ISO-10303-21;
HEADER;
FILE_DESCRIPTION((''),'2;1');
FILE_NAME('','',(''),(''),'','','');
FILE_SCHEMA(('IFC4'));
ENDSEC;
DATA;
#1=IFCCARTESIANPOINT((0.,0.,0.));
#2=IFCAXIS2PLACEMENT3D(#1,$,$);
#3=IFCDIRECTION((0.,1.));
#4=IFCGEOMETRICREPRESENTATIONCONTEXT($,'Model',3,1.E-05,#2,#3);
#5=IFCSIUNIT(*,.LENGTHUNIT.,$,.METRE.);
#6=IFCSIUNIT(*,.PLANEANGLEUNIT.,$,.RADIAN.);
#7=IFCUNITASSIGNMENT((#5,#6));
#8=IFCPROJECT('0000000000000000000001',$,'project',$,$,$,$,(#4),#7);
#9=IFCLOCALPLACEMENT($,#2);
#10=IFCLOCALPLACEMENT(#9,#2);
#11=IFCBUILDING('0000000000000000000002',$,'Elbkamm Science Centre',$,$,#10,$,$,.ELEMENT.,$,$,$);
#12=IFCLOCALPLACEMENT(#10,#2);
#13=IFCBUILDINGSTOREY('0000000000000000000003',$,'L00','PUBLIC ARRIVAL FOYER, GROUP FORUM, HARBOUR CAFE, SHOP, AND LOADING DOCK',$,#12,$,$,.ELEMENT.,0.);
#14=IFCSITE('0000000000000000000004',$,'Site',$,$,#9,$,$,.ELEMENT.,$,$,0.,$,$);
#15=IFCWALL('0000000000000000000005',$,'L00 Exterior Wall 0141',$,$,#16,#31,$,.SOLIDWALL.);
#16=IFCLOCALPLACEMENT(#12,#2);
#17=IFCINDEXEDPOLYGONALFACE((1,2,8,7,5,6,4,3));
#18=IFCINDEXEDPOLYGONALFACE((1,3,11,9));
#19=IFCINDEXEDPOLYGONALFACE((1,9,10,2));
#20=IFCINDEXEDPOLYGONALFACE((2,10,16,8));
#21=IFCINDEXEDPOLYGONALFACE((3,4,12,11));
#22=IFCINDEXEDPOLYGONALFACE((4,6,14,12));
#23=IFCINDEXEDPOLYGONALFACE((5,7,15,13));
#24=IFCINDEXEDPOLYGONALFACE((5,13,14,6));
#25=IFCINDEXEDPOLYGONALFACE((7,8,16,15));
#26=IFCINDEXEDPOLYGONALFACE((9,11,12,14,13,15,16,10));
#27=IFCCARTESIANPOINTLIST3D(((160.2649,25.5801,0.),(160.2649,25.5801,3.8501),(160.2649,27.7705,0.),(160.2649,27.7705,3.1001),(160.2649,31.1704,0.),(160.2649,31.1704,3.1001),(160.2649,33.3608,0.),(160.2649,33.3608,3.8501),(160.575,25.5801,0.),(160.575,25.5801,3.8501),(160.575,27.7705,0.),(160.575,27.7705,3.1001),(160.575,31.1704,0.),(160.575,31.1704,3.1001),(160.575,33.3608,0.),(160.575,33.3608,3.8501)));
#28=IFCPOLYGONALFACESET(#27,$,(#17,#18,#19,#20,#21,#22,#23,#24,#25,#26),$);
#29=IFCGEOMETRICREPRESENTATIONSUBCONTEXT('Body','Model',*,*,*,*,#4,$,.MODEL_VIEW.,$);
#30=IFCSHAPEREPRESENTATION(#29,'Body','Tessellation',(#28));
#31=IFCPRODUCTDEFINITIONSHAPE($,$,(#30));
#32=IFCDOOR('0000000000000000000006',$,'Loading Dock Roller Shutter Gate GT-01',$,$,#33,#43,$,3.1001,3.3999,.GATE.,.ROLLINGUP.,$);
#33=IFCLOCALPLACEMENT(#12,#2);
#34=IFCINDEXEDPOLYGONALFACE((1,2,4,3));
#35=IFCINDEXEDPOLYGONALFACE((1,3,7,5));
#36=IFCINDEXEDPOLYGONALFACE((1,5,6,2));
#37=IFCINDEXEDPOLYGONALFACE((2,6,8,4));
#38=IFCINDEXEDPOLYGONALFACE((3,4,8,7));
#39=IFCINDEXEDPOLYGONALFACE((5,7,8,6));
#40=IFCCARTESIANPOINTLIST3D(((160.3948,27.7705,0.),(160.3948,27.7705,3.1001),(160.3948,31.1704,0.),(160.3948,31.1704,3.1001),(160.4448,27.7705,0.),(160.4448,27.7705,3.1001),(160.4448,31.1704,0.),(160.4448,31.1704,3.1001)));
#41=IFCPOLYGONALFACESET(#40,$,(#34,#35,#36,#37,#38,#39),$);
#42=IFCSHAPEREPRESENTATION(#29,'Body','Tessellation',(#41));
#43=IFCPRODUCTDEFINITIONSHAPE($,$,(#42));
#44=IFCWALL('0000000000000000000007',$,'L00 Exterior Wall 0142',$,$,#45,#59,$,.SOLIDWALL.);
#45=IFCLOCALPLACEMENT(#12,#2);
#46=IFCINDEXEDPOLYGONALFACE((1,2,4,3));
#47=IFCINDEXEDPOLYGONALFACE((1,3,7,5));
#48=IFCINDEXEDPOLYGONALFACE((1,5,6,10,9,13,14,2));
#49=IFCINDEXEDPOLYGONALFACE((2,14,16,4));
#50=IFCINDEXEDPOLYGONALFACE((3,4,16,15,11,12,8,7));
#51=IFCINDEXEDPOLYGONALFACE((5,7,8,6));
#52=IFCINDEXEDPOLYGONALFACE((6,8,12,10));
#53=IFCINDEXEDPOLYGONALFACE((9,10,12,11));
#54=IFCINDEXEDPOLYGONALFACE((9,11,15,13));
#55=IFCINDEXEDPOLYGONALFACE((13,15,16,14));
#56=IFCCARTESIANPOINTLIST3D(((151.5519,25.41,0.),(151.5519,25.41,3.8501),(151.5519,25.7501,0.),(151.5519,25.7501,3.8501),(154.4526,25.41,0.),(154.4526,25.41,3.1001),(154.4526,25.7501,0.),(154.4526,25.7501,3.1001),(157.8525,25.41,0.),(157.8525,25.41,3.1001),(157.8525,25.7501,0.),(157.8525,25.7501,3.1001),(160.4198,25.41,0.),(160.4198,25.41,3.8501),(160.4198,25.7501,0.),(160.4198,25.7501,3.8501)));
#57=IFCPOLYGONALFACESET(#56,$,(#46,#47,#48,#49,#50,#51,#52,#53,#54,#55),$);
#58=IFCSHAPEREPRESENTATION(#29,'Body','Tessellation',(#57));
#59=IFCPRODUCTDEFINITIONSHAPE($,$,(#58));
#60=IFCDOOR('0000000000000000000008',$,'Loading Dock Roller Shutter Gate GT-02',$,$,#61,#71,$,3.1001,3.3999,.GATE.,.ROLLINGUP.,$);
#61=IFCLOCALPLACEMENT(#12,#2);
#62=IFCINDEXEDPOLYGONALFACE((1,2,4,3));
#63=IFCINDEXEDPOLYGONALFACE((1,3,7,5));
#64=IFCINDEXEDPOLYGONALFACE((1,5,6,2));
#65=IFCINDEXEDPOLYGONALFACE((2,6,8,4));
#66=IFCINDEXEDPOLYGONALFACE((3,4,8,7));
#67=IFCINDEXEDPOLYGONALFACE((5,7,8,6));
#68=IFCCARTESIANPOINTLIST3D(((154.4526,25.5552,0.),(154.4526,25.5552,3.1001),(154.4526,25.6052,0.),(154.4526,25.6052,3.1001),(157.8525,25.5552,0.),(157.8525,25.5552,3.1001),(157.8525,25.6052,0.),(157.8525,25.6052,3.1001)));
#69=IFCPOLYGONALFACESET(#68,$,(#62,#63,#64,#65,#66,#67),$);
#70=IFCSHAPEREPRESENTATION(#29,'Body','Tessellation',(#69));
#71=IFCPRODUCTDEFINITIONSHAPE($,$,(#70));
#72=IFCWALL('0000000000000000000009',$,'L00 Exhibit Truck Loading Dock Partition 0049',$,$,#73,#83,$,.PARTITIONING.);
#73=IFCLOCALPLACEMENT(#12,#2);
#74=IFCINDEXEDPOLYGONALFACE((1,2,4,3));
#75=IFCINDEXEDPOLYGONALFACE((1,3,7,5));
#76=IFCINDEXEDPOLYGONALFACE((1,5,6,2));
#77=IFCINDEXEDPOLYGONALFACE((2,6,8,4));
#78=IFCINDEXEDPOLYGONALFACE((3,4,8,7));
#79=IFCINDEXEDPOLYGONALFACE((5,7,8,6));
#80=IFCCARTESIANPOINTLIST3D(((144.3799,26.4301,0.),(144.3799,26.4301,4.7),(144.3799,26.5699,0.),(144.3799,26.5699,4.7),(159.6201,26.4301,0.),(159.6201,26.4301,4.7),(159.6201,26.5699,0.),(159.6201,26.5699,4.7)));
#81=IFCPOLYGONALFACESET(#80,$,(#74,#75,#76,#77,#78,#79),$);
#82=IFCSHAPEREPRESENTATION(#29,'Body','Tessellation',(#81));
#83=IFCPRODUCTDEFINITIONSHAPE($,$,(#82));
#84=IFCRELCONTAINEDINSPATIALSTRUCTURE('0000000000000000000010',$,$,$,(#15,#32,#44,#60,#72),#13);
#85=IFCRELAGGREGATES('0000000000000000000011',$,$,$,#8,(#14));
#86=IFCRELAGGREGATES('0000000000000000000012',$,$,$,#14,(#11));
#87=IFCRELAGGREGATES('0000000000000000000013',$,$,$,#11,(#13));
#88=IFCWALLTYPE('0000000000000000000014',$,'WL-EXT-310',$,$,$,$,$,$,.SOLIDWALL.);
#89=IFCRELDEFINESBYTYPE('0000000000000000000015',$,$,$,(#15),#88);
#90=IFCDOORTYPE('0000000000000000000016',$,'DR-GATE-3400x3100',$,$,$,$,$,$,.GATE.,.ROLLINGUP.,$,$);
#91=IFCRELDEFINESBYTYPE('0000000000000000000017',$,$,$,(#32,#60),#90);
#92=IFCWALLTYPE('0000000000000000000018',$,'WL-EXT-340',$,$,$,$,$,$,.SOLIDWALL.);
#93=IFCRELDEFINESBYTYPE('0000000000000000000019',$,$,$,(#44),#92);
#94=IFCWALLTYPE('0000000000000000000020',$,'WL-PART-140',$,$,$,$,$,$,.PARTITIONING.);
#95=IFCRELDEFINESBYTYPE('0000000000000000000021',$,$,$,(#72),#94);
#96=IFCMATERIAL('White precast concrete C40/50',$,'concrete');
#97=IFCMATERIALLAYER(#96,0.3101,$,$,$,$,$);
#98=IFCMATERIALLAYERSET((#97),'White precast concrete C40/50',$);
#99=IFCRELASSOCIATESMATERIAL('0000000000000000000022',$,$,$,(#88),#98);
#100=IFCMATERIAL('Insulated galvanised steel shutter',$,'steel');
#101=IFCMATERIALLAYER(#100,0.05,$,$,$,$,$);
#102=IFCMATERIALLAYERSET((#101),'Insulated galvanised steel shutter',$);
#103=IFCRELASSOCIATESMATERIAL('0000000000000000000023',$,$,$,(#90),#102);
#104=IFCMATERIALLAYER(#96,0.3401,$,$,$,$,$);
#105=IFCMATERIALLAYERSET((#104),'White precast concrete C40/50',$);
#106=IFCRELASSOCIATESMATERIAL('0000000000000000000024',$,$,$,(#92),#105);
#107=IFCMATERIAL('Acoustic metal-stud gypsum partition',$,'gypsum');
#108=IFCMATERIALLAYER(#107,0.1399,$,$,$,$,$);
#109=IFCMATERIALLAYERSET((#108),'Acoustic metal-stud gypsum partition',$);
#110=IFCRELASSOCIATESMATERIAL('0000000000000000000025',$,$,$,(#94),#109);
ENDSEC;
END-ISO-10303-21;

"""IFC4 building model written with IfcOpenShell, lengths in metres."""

from ifc_helpers import new_model, si_unit, direction, frame, frame_2d, origin, place, context, subcontext, project, spatial, rectangle, extrude, material, layer, layer_set, type_object, element, fill, save


model = new_model("IFC4")

# Units and contexts
model_context = context("Model", 3, precision=1e-05, world=origin(), true_north=direction((0.0, 1.0)))
body_context = subcontext(model_context, "Body", "Model", "MODEL_VIEW")
ifc_project = project(units=[si_unit("LENGTHUNIT", "METRE"), si_unit("PLANEANGLEUNIT", "RADIAN")], contexts=[model_context])

# Site, building, storey
site_placement = place(None, origin())
site = spatial("IfcSite", under=ifc_project, at=site_placement, Name="Site", CompositionType="ELEMENT", RefElevation=0.0)
building_placement = place(site_placement, origin())
building = spatial("IfcBuilding", under=site, at=building_placement, Name="Elbkamm Science Centre", CompositionType="ELEMENT")
storey_placement = place(building_placement, origin())
storey = spatial("IfcBuildingStorey", under=building, at=storey_placement, Name="L00", Description="PUBLIC ARRIVAL FOYER, GROUP FORUM, HARBOUR CAFE, SHOP, AND LOADING DOCK", CompositionType="ELEMENT", Elevation=0.0)

# Walls, openings, doors
ifc_material_1 = material(Name="White precast concrete C40/50", Category="concrete")
ifc_layer_1 = layer(ifc_material_1, 0.3101)
ifc_layer_set_1 = layer_set([ifc_layer_1], Name="White precast concrete C40/50")
wall_type_1 = type_object("IfcWallType", Name="WL-EXT-310", PredefinedType="SOLIDWALL", material=ifc_layer_set_1)
wall_1_placement = place(storey_placement, frame((160.4199, 33.3608, 0.0), z_axis=(0.0, 0.0, 1.0), x_axis=(0.0, -1.0, 0.0)))
wall_1 = element("IfcWall", 1, at=wall_1_placement, inside=storey, type_object=wall_type_1, Name="L00 Exterior Wall 0141", PredefinedType="SOLIDWALL", context=body_context, shape_type="SweptSolid", body=[
    extrude(rectangle(XDim=7.7808, YDim=0.3101, at=frame_2d((3.8904, 0.0))), origin(), (0.0, 0.0, 1.0), 3.8501),
])
opening_1_placement = place(wall_1_placement, frame((2.1904, 0.0, 0.0)))
opening_1 = element("IfcOpeningElement", 2, at=opening_1_placement, cuts=wall_1, PredefinedType="OPENING", context=body_context, shape_type="SweptSolid", body=[
    extrude(rectangle(XDim=3.3999, YDim=3.1001, at=frame_2d((1.7, 1.55))), frame((0.0, 0.167, 0.0), z_axis=(0.0, -1.0, 0.0), x_axis=(1.0, 0.0, 0.0)), (0.0, 0.0, 1.0), 0.334),
])
ifc_material_2 = material(Name="Insulated galvanised steel shutter", Category="steel")
ifc_layer_2 = layer(ifc_material_2, 0.05)
ifc_layer_set_2 = layer_set([ifc_layer_2], Name="Insulated galvanised steel shutter")
door_type = type_object("IfcDoorType", Name="DR-GATE-3400x3100", OperationType="ROLLINGUP", PredefinedType="GATE", material=ifc_layer_set_2)
door_1_placement = place(opening_1_placement, origin())
door_1 = element("IfcDoor", 3, at=door_1_placement, inside=storey, type_object=door_type, Name="Loading Dock Roller Shutter Gate GT-01", OperationType="ROLLINGUP", OverallHeight=3.1001, OverallWidth=3.3999, PredefinedType="GATE", context=body_context, shape_type="SweptSolid", body=[
    extrude(rectangle(XDim=3.3999, YDim=3.1001, at=frame_2d((1.7, 1.55))), frame((0.0, 0.0249, 0.0), z_axis=(0.0, -1.0, 0.0), x_axis=(1.0, 0.0, 0.0)), (0.0, 0.0, 1.0), 0.05),
])
fill(opening_1, door_1)
ifc_layer_3 = layer(ifc_material_1, 0.3401)
ifc_layer_set_3 = layer_set([ifc_layer_3], Name="White precast concrete C40/50")
wall_type_2 = type_object("IfcWallType", Name="WL-EXT-340", PredefinedType="SOLIDWALL", material=ifc_layer_set_3)
wall_2_placement = place(storey_placement, frame((160.4199, 25.5801, 0.0), z_axis=(0.0, 0.0, 1.0), x_axis=(-1.0, 0.0, 0.0)))
wall_2 = element("IfcWall", 4, at=wall_2_placement, inside=storey, type_object=wall_type_2, Name="L00 Exterior Wall 0142", PredefinedType="SOLIDWALL", context=body_context, shape_type="SweptSolid", body=[
    extrude(rectangle(XDim=8.8679, YDim=0.3401, at=frame_2d((4.4341, 0.0))), origin(), (0.0, 0.0, 1.0), 3.8501),
])
opening_2_placement = place(wall_2_placement, frame((2.5674, 0.0, 0.0)))
opening_2 = element("IfcOpeningElement", 5, at=opening_2_placement, cuts=wall_2, PredefinedType="OPENING", context=body_context, shape_type="SweptSolid", body=[
    extrude(rectangle(XDim=3.3999, YDim=3.1001, at=frame_2d((1.7, 1.55))), frame((0.0, 0.1821, 0.0), z_axis=(0.0, -1.0, 0.0), x_axis=(1.0, 0.0, 0.0)), (0.0, 0.0, 1.0), 0.364),
])
door_2_placement = place(opening_2_placement, origin())
door_2 = element("IfcDoor", 6, at=door_2_placement, inside=storey, type_object=door_type, Name="Loading Dock Roller Shutter Gate GT-02", OperationType="ROLLINGUP", OverallHeight=3.1001, OverallWidth=3.3999, PredefinedType="GATE", context=body_context, shape_type="SweptSolid", body=[
    extrude(rectangle(XDim=3.3999, YDim=3.1001, at=frame_2d((1.7, 1.55))), frame((0.0, 0.0249, 0.0), z_axis=(0.0, -1.0, 0.0), x_axis=(1.0, 0.0, 0.0)), (0.0, 0.0, 1.0), 0.05),
])
fill(opening_2, door_2)

# Wall
ifc_material_3 = material(Name="Acoustic metal-stud gypsum partition", Category="gypsum")
ifc_layer_4 = layer(ifc_material_3, 0.1399)
ifc_layer_set_4 = layer_set([ifc_layer_4], Name="Acoustic metal-stud gypsum partition")
wall_type_3 = type_object("IfcWallType", Name="WL-PART-140", PredefinedType="PARTITIONING", material=ifc_layer_set_4)
wall_3_placement = place(storey_placement, frame((159.6201, 26.5, 0.0), z_axis=(0.0, 0.0, 1.0), x_axis=(-1.0, 0.0, 0.0)))
element("IfcWall", 7, at=wall_3_placement, inside=storey, type_object=wall_type_3, Name="L00 Exhibit Truck Loading Dock Partition 0049", PredefinedType="PARTITIONING", context=body_context, shape_type="SweptSolid", body=[
    extrude(rectangle(XDim=15.2402, YDim=0.1399, at=frame_2d((7.6201, 0.0))), origin(), (0.0, 0.0, 1.0), 4.7),
])

save(model, "model.ifc")
